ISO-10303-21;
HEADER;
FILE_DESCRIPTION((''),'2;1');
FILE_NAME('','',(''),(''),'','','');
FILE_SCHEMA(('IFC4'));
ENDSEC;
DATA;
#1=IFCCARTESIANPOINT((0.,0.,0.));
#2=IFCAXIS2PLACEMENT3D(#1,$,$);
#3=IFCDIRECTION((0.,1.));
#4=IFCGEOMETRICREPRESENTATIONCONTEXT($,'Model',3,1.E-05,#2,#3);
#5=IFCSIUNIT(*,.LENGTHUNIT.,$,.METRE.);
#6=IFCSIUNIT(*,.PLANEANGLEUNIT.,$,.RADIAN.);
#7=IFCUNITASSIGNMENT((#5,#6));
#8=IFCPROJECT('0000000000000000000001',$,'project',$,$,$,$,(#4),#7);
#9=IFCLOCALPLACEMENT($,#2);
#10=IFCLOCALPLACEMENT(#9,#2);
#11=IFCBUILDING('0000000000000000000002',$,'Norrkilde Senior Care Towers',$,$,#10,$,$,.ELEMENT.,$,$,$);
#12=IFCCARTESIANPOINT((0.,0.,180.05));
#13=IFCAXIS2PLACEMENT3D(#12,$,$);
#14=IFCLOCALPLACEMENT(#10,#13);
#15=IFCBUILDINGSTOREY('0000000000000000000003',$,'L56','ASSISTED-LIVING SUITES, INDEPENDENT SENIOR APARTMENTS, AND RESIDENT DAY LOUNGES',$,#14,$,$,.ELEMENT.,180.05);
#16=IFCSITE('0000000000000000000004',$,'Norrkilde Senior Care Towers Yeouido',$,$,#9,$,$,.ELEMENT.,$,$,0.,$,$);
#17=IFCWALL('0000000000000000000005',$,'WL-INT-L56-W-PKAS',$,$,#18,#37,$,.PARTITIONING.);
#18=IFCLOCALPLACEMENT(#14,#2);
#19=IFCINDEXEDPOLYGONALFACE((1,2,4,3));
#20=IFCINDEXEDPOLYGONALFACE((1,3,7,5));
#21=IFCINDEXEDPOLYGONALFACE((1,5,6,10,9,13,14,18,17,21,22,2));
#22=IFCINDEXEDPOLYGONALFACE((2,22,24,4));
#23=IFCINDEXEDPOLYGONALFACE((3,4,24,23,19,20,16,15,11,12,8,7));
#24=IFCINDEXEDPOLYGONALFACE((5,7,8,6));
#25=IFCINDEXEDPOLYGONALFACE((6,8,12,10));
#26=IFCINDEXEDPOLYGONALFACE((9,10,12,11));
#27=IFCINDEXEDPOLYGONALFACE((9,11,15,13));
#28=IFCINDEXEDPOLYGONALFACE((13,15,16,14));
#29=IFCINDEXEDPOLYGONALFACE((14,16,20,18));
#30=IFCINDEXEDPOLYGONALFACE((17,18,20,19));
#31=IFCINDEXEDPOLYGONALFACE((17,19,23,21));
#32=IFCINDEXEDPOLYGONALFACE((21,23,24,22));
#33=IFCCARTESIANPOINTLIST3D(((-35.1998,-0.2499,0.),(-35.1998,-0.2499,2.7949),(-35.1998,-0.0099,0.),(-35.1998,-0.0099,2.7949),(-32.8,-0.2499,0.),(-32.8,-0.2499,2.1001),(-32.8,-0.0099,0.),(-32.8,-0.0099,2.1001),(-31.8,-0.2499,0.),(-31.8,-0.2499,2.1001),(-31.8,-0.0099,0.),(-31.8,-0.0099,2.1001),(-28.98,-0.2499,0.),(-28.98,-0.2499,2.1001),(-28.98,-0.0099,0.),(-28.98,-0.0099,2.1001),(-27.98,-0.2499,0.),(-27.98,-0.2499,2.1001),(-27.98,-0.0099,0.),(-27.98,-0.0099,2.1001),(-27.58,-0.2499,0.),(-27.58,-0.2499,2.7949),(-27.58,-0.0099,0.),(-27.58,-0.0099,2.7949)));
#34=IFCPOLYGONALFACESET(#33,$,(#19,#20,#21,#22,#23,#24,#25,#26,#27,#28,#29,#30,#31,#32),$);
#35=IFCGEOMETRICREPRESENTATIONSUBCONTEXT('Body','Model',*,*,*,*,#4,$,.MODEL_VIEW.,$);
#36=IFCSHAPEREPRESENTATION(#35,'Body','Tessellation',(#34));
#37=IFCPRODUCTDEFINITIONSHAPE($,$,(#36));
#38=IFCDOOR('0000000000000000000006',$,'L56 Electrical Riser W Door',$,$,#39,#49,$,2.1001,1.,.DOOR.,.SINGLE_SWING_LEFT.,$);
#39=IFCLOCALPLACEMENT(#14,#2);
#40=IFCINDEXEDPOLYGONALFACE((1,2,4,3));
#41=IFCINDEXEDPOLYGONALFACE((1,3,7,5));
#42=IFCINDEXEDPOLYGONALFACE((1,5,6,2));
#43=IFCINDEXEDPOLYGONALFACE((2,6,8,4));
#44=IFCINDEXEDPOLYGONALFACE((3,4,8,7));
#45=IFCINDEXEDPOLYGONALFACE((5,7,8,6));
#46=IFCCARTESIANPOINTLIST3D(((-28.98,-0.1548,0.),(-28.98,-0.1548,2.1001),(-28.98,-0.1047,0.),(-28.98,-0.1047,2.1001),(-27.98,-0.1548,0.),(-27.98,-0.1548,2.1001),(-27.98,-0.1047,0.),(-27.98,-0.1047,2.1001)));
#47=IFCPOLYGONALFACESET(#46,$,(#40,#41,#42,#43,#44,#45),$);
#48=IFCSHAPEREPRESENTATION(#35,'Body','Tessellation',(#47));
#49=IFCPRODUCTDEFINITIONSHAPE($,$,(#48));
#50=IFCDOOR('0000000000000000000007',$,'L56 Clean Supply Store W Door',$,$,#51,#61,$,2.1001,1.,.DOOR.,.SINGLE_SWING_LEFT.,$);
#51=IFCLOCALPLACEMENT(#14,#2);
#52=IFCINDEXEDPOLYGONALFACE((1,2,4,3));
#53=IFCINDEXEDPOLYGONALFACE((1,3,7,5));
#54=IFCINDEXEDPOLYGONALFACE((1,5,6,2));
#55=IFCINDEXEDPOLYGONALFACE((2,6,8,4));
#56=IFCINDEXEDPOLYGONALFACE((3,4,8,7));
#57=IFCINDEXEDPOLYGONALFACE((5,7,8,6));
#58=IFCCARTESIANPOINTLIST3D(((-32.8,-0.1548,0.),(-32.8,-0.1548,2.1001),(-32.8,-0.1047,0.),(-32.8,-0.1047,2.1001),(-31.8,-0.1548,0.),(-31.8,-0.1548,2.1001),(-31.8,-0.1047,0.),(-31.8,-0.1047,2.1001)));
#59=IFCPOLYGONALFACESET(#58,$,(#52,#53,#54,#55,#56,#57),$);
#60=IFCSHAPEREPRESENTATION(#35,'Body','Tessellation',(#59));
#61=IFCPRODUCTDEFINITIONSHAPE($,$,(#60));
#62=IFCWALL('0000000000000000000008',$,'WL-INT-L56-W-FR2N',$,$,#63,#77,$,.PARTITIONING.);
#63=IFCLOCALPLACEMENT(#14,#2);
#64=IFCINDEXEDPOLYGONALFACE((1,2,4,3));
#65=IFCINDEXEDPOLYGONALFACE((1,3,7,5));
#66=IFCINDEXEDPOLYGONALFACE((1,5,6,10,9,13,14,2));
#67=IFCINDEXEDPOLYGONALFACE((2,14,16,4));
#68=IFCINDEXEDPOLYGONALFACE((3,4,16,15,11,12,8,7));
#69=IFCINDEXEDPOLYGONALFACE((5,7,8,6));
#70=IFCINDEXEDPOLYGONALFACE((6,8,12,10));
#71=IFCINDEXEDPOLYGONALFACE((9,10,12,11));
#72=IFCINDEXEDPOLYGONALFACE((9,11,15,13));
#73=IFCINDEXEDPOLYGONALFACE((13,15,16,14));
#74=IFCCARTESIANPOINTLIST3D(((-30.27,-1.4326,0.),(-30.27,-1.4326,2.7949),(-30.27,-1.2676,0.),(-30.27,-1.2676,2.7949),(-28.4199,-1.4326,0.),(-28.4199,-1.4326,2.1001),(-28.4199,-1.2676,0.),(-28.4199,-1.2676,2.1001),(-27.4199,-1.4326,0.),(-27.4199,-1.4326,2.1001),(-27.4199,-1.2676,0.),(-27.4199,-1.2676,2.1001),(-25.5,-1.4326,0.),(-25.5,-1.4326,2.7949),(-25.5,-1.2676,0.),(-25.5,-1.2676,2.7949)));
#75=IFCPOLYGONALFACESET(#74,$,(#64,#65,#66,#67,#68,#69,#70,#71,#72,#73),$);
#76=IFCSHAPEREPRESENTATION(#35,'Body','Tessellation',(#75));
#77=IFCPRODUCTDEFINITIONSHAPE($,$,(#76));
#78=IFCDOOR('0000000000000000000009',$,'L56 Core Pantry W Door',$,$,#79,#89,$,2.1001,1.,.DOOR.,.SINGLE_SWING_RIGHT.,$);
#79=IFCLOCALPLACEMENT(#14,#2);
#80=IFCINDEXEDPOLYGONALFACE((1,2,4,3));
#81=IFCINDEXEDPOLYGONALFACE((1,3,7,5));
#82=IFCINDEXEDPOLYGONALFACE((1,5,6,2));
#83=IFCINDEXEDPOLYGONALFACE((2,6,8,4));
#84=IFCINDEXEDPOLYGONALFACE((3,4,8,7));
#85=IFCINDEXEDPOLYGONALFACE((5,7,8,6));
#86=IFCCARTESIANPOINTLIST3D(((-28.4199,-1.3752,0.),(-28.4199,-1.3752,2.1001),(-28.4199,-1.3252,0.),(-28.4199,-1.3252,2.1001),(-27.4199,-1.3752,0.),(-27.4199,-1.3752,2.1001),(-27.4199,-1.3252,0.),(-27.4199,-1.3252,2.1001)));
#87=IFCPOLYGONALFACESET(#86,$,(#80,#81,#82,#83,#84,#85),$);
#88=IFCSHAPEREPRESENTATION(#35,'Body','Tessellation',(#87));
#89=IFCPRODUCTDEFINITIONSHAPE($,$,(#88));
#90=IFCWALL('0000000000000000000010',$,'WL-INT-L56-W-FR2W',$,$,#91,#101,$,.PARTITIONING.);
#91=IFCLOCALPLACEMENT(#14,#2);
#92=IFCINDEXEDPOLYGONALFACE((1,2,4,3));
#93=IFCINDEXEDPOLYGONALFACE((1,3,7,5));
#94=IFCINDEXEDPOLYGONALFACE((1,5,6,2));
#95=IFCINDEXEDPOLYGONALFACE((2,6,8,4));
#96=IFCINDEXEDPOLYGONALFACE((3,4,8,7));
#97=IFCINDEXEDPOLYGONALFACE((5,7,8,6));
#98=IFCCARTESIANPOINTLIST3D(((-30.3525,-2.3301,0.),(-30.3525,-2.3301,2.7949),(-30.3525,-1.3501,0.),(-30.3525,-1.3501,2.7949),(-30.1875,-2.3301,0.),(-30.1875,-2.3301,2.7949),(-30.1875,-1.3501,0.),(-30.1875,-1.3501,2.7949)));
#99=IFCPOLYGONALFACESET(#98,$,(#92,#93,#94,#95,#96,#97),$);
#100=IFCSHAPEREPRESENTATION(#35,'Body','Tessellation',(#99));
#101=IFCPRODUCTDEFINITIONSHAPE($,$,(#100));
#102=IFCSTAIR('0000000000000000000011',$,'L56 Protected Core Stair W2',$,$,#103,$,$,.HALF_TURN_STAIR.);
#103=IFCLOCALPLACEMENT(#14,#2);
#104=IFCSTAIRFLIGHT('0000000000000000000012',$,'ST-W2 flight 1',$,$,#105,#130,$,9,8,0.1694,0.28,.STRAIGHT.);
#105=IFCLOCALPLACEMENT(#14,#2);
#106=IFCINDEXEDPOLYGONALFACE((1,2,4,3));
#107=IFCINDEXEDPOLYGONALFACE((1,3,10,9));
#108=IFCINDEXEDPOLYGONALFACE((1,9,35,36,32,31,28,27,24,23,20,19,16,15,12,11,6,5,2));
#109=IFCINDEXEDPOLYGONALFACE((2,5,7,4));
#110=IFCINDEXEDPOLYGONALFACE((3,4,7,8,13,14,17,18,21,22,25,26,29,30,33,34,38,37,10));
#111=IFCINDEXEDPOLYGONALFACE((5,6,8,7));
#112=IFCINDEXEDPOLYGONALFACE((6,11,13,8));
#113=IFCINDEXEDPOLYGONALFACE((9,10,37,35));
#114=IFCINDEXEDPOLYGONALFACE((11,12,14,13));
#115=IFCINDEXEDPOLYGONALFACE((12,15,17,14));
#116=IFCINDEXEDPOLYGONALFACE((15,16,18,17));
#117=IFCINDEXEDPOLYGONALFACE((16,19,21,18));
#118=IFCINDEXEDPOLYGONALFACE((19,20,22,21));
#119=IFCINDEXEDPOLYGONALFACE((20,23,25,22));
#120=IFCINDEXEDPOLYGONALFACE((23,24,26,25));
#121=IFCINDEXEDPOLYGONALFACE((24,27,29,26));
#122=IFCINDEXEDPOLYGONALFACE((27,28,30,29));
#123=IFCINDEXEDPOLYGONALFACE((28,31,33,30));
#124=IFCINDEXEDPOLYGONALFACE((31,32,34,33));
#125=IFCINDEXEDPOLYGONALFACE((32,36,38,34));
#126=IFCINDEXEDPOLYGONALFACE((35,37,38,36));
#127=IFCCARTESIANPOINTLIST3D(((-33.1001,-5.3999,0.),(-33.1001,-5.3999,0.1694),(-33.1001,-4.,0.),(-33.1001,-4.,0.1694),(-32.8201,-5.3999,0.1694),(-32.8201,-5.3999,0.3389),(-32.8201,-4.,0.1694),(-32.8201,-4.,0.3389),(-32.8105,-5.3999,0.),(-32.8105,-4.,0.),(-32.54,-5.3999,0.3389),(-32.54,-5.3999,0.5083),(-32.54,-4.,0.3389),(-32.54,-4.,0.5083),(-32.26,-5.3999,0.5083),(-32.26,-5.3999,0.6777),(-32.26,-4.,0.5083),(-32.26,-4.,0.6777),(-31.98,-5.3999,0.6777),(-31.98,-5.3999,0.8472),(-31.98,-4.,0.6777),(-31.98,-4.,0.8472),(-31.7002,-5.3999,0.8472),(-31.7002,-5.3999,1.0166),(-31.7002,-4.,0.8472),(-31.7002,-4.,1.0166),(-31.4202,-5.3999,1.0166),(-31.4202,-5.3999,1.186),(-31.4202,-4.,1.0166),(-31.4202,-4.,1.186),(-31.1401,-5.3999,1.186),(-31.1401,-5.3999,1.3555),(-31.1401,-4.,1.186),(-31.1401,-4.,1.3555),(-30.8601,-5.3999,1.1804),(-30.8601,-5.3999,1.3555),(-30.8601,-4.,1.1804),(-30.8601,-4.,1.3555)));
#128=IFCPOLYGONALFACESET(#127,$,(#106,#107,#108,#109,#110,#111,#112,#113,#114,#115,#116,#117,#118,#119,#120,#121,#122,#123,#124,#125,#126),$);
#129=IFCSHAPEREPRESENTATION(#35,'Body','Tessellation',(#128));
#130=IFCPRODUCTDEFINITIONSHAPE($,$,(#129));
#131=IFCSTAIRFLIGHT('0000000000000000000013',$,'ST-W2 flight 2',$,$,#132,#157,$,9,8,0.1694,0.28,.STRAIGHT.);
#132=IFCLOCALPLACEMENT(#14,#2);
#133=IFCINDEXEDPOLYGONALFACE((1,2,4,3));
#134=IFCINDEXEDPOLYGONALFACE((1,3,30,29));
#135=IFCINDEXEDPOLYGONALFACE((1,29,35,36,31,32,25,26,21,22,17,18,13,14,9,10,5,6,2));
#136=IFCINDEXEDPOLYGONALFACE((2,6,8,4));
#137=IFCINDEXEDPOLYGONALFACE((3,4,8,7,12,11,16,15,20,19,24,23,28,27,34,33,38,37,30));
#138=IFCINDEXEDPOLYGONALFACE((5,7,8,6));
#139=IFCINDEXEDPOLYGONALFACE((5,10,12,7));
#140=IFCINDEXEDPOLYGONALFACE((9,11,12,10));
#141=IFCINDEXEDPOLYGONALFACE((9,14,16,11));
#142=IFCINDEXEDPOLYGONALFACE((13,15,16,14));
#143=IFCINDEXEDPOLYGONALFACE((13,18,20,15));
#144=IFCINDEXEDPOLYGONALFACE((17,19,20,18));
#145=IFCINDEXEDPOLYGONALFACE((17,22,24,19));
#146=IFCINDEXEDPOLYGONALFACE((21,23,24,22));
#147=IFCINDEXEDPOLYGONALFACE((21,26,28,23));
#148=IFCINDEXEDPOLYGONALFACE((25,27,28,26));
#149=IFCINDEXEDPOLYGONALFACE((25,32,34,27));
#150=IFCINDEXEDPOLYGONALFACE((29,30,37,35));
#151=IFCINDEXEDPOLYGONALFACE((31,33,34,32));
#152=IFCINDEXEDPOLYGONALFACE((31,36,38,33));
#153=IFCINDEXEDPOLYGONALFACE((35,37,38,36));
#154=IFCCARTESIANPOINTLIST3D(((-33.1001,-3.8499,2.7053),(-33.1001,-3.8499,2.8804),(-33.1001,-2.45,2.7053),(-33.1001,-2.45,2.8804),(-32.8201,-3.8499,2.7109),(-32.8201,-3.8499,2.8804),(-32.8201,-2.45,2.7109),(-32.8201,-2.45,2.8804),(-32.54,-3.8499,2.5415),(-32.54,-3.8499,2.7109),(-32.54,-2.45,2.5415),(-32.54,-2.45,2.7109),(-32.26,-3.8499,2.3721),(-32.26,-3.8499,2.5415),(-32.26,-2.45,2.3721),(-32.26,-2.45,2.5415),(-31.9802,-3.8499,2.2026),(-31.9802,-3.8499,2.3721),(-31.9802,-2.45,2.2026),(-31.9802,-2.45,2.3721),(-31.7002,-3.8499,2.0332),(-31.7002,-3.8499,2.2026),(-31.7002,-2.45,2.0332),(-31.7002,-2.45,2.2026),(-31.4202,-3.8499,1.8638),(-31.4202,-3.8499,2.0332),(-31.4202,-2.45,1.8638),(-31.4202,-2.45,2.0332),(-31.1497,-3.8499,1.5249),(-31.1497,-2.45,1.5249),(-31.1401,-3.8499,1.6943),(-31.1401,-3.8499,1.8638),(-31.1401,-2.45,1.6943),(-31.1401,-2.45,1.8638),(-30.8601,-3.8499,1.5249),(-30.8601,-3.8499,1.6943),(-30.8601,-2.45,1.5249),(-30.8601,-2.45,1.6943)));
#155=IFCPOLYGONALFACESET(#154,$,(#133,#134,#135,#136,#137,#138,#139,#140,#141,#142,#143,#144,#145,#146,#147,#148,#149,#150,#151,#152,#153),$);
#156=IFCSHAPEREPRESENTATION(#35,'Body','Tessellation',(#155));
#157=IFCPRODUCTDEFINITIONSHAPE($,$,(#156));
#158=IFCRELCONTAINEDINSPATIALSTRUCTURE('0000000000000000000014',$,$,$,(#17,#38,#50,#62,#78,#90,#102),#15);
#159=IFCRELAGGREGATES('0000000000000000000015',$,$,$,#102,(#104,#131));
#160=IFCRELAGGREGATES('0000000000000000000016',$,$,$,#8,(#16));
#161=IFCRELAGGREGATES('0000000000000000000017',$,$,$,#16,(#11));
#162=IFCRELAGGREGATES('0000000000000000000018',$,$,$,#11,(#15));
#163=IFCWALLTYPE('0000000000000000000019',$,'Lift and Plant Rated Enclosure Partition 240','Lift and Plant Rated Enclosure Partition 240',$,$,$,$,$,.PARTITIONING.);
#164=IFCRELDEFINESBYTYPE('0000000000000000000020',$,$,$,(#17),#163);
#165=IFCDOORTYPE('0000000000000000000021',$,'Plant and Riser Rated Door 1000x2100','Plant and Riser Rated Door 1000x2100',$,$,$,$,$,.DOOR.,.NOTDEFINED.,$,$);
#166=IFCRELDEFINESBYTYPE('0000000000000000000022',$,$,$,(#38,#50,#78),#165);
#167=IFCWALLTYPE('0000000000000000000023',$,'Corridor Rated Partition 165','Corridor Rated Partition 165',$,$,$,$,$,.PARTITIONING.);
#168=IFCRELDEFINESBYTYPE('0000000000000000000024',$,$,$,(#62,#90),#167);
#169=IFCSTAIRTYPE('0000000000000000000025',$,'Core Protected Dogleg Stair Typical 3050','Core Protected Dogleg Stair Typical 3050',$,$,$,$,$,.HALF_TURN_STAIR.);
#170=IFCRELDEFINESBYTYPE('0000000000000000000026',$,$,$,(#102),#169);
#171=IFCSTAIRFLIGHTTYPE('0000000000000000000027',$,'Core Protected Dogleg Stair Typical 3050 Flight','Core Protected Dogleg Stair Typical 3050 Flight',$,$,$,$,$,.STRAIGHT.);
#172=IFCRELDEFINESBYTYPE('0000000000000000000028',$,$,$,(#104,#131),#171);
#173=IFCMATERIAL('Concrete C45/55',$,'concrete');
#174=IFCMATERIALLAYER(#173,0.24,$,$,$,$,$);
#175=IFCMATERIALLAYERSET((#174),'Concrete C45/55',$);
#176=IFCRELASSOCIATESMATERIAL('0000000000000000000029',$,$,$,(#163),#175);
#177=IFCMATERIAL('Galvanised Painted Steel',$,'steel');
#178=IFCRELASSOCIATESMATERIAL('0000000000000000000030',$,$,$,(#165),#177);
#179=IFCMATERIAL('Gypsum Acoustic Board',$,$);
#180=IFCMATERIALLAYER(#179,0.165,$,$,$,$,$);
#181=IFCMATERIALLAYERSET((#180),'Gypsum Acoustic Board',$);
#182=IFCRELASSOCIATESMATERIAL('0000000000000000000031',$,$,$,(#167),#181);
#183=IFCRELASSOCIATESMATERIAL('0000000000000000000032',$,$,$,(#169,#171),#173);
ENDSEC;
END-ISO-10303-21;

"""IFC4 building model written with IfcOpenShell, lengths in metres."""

from ifc_helpers import new_model, si_unit, direction, frame, frame_2d, origin, place, context, subcontext, project, spatial, polyline, rectangle, outline, extrude, source, transform, mapped, material, layer, layer_set, type_object, type_shapes, element, fill, aggregate, save


model = new_model("IFC4")

# Units and contexts
model_context = context("Model", 3, precision=1e-05, world=origin(), true_north=direction((0.0, 1.0)))
body_context = subcontext(model_context, "Body", "Model", "MODEL_VIEW")
ifc_project = project(units=[si_unit("LENGTHUNIT", "METRE"), si_unit("PLANEANGLEUNIT", "RADIAN")], contexts=[model_context])

# Site, building, storey
site_placement = place(None, origin())
site = spatial("IfcSite", under=ifc_project, at=site_placement, Name="Norrkilde Senior Care Towers Yeouido", CompositionType="ELEMENT", RefElevation=0.0)
building_placement = place(site_placement, origin())
building = spatial("IfcBuilding", under=site, at=building_placement, Name="Norrkilde Senior Care Towers", CompositionType="ELEMENT")
storey_placement = place(building_placement, frame((0.0, 0.0, 180.05)))
storey = spatial("IfcBuildingStorey", under=building, at=storey_placement, Name="L56", Description="ASSISTED-LIVING SUITES, INDEPENDENT SENIOR APARTMENTS, AND RESIDENT DAY LOUNGES", CompositionType="ELEMENT", Elevation=180.05)

# Shared definitions
ifc_material_1 = material(Name="Concrete C45/55", Category="concrete")
ifc_material_2 = material(Name="Galvanised Painted Steel", Category="steel")

# Wall, openings, doors
ifc_layer_1 = layer(ifc_material_1, 0.24)
ifc_layer_set_1 = layer_set([ifc_layer_1], Name="Concrete C45/55")
wall_type_1 = type_object("IfcWallType", Name="Lift and Plant Rated Enclosure Partition 240", Description="Lift and Plant Rated Enclosure Partition 240", PredefinedType="PARTITIONING", material=ifc_layer_set_1)
shared_shape_1 = source(origin(), body_context, "Body", "SweptSolid", [
    extrude(rectangle(XDim=7.6199, YDim=0.24, at=frame_2d((3.8101, 0.0))), origin(), (0.0, 0.0, 1.0), 2.7949),
])
type_shapes(wall_type_1, [shared_shape_1])
wall_1_placement = place(storey_placement, frame((-35.2, -0.1299, 0.0), z_axis=(0.0, 0.0, 1.0), x_axis=(1.0, 0.0, 0.0)))
wall_1 = element("IfcWall", 1, at=wall_1_placement, inside=storey, type_object=wall_type_1, Name="WL-INT-L56-W-PKAS", PredefinedType="PARTITIONING", context=body_context, shape_type="MappedRepresentation", body=[
    mapped(shared_shape_1, transform((0.0, 0.0, 0.0), x_axis=(1.0, 0.0, 0.0), y_axis=(0.0, 1.0, 0.0), z_axis=(0.0, 0.0, 1.0), scale=1.0)),
])
opening_1_placement = place(wall_1_placement, frame((6.22, 0.0, 0.0)))
opening_1 = element("IfcOpeningElement", 2, at=opening_1_placement, cuts=wall_1, PredefinedType="OPENING", context=body_context, shape_type="SweptSolid", body=[
    extrude(rectangle(XDim=1.0, YDim=2.1001, at=frame_2d((0.5, 1.05))), frame((0.0, 0.1299, 0.0), z_axis=(0.0, -1.0, 0.0), x_axis=(1.0, 0.0, 0.0)), (0.0, 0.0, 1.0), 0.26),
])
opening_2_placement = place(wall_1_placement, frame((2.3999, 0.0, 0.0)))
opening_2 = element("IfcOpeningElement", 3, at=opening_2_placement, cuts=wall_1, PredefinedType="OPENING", context=body_context, shape_type="SweptSolid", body=[
    extrude(rectangle(XDim=1.0, YDim=2.1001, at=frame_2d((0.5, 1.05))), frame((0.0, 0.1299, 0.0), z_axis=(0.0, -1.0, 0.0), x_axis=(1.0, 0.0, 0.0)), (0.0, 0.0, 1.0), 0.26),
])
door_type_1 = type_object("IfcDoorType", Name="Plant and Riser Rated Door 1000x2100", Description="Plant and Riser Rated Door 1000x2100", OperationType="NOTDEFINED", PredefinedType="DOOR", material=ifc_material_2)
shared_shape_2 = source(origin(), body_context, "Body", "SweptSolid", [
    extrude(rectangle(XDim=1.0, YDim=2.1001, at=frame_2d((0.5, 1.05))), frame((0.0, 0.0249, 0.0), z_axis=(0.0, -1.0, 0.0), x_axis=(1.0, 0.0, 0.0)), (0.0, 0.0, 1.0), 0.05),
])
type_shapes(door_type_1, [shared_shape_2])
door_1_placement = place(opening_1_placement, frame((1.0, 0.0, 0.0), z_axis=(0.0, 0.0, 1.0), x_axis=(-1.0, 0.0, 0.0)))
door_1 = element("IfcDoor", 4, at=door_1_placement, inside=storey, type_object=door_type_1, Name="L56 Electrical Riser W Door", OperationType="SINGLE_SWING_LEFT", OverallHeight=2.1001, OverallWidth=1.0, PredefinedType="DOOR", context=body_context, shape_type="MappedRepresentation", body=[
    mapped(shared_shape_2, transform((0.0, 0.0, 0.0), x_axis=(1.0, 0.0, 0.0), y_axis=(0.0, 1.0, 0.0), z_axis=(0.0, 0.0, 1.0), scale=1.0)),
])
fill(opening_1, door_1)
door_2_placement = place(opening_2_placement, frame((1.0, 0.0, 0.0), z_axis=(0.0, 0.0, 1.0), x_axis=(-1.0, 0.0, 0.0)))
door_2 = element("IfcDoor", 5, at=door_2_placement, inside=storey, type_object=door_type_1, Name="L56 Clean Supply Store W Door", OperationType="SINGLE_SWING_LEFT", OverallHeight=2.1001, OverallWidth=1.0, PredefinedType="DOOR", context=body_context, shape_type="MappedRepresentation", body=[
    mapped(shared_shape_2, transform((0.0, 0.0, 0.0), x_axis=(1.0, 0.0, 0.0), y_axis=(0.0, 1.0, 0.0), z_axis=(0.0, 0.0, 1.0), scale=1.0)),
])
fill(opening_2, door_2)

# Wall, opening, door
ifc_material_3 = material(Name="Gypsum Acoustic Board")
ifc_layer_2 = layer(ifc_material_3, 0.165)
ifc_layer_set_2 = layer_set([ifc_layer_2], Name="Gypsum Acoustic Board")
wall_type_2 = type_object("IfcWallType", Name="Corridor Rated Partition 165", Description="Corridor Rated Partition 165", PredefinedType="PARTITIONING", material=ifc_layer_set_2)
shared_shape_3 = source(origin(), body_context, "Body", "SweptSolid", [
    extrude(rectangle(XDim=4.77, YDim=0.165, at=frame_2d((2.385, 0.0))), origin(), (0.0, 0.0, 1.0), 2.7949),
])
wall_2_placement = place(storey_placement, frame((-30.27, -1.3501, 0.0), z_axis=(0.0, 0.0, 1.0), x_axis=(1.0, 0.0, 0.0)))
wall_2 = element("IfcWall", 6, at=wall_2_placement, inside=storey, type_object=wall_type_2, Name="WL-INT-L56-W-FR2N", PredefinedType="PARTITIONING", context=body_context, shape_type="MappedRepresentation", body=[
    mapped(shared_shape_3, transform((0.0, 0.0, 0.0), x_axis=(1.0, 0.0, 0.0), y_axis=(0.0, 1.0, 0.0), z_axis=(0.0, 0.0, 1.0), scale=1.0)),
])
opening_3_placement = place(wall_2_placement, frame((1.8501, 0.0, 0.0)))
opening_3 = element("IfcOpeningElement", 7, at=opening_3_placement, cuts=wall_2, PredefinedType="OPENING", context=body_context, shape_type="SweptSolid", body=[
    extrude(rectangle(XDim=1.0, YDim=2.1001, at=frame_2d((0.5, 1.05))), frame((0.0, 0.0925, 0.0), z_axis=(0.0, -1.0, 0.0), x_axis=(1.0, 0.0, 0.0)), (0.0, 0.0, 1.0), 0.1851),
])
door_3_placement = place(opening_3_placement, origin())
door_3 = element("IfcDoor", 8, at=door_3_placement, inside=storey, type_object=door_type_1, Name="L56 Core Pantry W Door", OperationType="SINGLE_SWING_RIGHT", OverallHeight=2.1001, OverallWidth=1.0, PredefinedType="DOOR", context=body_context, shape_type="MappedRepresentation", body=[
    mapped(shared_shape_2, transform((0.0, 0.0, 0.0), x_axis=(1.0, 0.0, 0.0), y_axis=(0.0, 1.0, 0.0), z_axis=(0.0, 0.0, 1.0), scale=1.0)),
])
fill(opening_3, door_3)

# Wall
shared_shape_4 = source(origin(), body_context, "Body", "SweptSolid", [
    extrude(rectangle(XDim=0.98, YDim=0.165, at=frame_2d((0.49, 0.0))), origin(), (0.0, 0.0, 1.0), 2.7949),
])
type_shapes(wall_type_2, [shared_shape_3, shared_shape_4])
wall_3_placement = place(storey_placement, frame((-30.27, -2.3301, 0.0), z_axis=(0.0, 0.0, 1.0), x_axis=(0.0, 1.0, 0.0)))
element("IfcWall", 9, at=wall_3_placement, inside=storey, type_object=wall_type_2, Name="WL-INT-L56-W-FR2W", PredefinedType="PARTITIONING", context=body_context, shape_type="MappedRepresentation", body=[
    mapped(shared_shape_4, transform((0.0, 0.0, 0.0), x_axis=(1.0, 0.0, 0.0), y_axis=(0.0, 1.0, 0.0), z_axis=(0.0, 0.0, 1.0), scale=1.0)),
])

# Stair, stair flights
stair_type = type_object("IfcStairType", Name="Core Protected Dogleg Stair Typical 3050", Description="Core Protected Dogleg Stair Typical 3050", PredefinedType="HALF_TURN_STAIR", material=ifc_material_1)
stair_placement = place(storey_placement, origin())
stair = element("IfcStair", 10, at=stair_placement, inside=storey, type_object=stair_type, Name="L56 Protected Core Stair W2", PredefinedType="HALF_TURN_STAIR")
stair_flight_type = type_object("IfcStairFlightType", Name="Core Protected Dogleg Stair Typical 3050 Flight", Description="Core Protected Dogleg Stair Typical 3050 Flight", PredefinedType="STRAIGHT", material=ifc_material_1)
stair_flight_1_placement = place(storey_placement, frame((-33.1001, -4.7, 0.0), z_axis=(0.0, 0.0, 1.0), x_axis=(1.0, 0.0, 0.0)))
stair_flight_1 = element("IfcStairFlight", 11, at=stair_flight_1_placement, type_object=stair_flight_type, Name="ST-W2 flight 1", NumberOfRisers=9, NumberOfTreads=8, PredefinedType="STRAIGHT", RiserHeight=0.1694, TreadLength=0.28, context=body_context, shape_type="SweptSolid", body=[
    extrude(outline(polyline([(0.0, 0.0), (0.0, 0.1694), (0.28, 0.1694), (0.28, 0.3389), (0.5601, 0.3389), (0.5601, 0.5083), (0.8401, 0.5083), (0.8401, 0.6777), (1.1201, 0.6777), (1.1201, 0.8472), (1.3999, 0.8472), (1.3999, 1.0166), (1.6799, 1.0166), (1.6799, 1.186), (1.96, 1.186), (1.96, 1.3555), (2.24, 1.3555), (2.24, 1.5249), (2.24, 1.1804), (0.2896, 0.0), (0.0, 0.0)])), frame((0.0, 0.7, 0.0), z_axis=(0.0, -1.0, 0.0), x_axis=(1.0, 0.0, 0.0)), (0.0, 0.0, 1.0), 1.3999),
])
stair_flight_2_placement = place(storey_placement, frame((-30.8601, -3.1499, 1.5249), z_axis=(0.0, 0.0, 1.0), x_axis=(-1.0, 0.0, 0.0)))
stair_flight_2 = element("IfcStairFlight", 12, at=stair_flight_2_placement, type_object=stair_flight_type, Name="ST-W2 flight 2", NumberOfRisers=9, NumberOfTreads=8, PredefinedType="STRAIGHT", RiserHeight=0.1694, TreadLength=0.28, context=body_context, shape_type="SweptSolid", body=[
    extrude(outline(polyline([(0.0, 0.0), (0.0, 0.1694), (0.28, 0.1694), (0.28, 0.3389), (0.5601, 0.3389), (0.5601, 0.5083), (0.8401, 0.5083), (0.8401, 0.6777), (1.1201, 0.6777), (1.1201, 0.8472), (1.3999, 0.8472), (1.3999, 1.0166), (1.6799, 1.0166), (1.6799, 1.186), (1.96, 1.186), (1.96, 1.3555), (2.24, 1.3555), (2.24, 1.5249), (2.24, 1.1804), (0.2896, 0.0), (0.0, 0.0)])), frame((0.0, 0.7, 0.0), z_axis=(0.0, -1.0, 0.0), x_axis=(1.0, 0.0, 0.0)), (0.0, 0.0, 1.0), 1.3999),
])
aggregate(stair, [stair_flight_1, stair_flight_2])

save(model, "model.ifc")
